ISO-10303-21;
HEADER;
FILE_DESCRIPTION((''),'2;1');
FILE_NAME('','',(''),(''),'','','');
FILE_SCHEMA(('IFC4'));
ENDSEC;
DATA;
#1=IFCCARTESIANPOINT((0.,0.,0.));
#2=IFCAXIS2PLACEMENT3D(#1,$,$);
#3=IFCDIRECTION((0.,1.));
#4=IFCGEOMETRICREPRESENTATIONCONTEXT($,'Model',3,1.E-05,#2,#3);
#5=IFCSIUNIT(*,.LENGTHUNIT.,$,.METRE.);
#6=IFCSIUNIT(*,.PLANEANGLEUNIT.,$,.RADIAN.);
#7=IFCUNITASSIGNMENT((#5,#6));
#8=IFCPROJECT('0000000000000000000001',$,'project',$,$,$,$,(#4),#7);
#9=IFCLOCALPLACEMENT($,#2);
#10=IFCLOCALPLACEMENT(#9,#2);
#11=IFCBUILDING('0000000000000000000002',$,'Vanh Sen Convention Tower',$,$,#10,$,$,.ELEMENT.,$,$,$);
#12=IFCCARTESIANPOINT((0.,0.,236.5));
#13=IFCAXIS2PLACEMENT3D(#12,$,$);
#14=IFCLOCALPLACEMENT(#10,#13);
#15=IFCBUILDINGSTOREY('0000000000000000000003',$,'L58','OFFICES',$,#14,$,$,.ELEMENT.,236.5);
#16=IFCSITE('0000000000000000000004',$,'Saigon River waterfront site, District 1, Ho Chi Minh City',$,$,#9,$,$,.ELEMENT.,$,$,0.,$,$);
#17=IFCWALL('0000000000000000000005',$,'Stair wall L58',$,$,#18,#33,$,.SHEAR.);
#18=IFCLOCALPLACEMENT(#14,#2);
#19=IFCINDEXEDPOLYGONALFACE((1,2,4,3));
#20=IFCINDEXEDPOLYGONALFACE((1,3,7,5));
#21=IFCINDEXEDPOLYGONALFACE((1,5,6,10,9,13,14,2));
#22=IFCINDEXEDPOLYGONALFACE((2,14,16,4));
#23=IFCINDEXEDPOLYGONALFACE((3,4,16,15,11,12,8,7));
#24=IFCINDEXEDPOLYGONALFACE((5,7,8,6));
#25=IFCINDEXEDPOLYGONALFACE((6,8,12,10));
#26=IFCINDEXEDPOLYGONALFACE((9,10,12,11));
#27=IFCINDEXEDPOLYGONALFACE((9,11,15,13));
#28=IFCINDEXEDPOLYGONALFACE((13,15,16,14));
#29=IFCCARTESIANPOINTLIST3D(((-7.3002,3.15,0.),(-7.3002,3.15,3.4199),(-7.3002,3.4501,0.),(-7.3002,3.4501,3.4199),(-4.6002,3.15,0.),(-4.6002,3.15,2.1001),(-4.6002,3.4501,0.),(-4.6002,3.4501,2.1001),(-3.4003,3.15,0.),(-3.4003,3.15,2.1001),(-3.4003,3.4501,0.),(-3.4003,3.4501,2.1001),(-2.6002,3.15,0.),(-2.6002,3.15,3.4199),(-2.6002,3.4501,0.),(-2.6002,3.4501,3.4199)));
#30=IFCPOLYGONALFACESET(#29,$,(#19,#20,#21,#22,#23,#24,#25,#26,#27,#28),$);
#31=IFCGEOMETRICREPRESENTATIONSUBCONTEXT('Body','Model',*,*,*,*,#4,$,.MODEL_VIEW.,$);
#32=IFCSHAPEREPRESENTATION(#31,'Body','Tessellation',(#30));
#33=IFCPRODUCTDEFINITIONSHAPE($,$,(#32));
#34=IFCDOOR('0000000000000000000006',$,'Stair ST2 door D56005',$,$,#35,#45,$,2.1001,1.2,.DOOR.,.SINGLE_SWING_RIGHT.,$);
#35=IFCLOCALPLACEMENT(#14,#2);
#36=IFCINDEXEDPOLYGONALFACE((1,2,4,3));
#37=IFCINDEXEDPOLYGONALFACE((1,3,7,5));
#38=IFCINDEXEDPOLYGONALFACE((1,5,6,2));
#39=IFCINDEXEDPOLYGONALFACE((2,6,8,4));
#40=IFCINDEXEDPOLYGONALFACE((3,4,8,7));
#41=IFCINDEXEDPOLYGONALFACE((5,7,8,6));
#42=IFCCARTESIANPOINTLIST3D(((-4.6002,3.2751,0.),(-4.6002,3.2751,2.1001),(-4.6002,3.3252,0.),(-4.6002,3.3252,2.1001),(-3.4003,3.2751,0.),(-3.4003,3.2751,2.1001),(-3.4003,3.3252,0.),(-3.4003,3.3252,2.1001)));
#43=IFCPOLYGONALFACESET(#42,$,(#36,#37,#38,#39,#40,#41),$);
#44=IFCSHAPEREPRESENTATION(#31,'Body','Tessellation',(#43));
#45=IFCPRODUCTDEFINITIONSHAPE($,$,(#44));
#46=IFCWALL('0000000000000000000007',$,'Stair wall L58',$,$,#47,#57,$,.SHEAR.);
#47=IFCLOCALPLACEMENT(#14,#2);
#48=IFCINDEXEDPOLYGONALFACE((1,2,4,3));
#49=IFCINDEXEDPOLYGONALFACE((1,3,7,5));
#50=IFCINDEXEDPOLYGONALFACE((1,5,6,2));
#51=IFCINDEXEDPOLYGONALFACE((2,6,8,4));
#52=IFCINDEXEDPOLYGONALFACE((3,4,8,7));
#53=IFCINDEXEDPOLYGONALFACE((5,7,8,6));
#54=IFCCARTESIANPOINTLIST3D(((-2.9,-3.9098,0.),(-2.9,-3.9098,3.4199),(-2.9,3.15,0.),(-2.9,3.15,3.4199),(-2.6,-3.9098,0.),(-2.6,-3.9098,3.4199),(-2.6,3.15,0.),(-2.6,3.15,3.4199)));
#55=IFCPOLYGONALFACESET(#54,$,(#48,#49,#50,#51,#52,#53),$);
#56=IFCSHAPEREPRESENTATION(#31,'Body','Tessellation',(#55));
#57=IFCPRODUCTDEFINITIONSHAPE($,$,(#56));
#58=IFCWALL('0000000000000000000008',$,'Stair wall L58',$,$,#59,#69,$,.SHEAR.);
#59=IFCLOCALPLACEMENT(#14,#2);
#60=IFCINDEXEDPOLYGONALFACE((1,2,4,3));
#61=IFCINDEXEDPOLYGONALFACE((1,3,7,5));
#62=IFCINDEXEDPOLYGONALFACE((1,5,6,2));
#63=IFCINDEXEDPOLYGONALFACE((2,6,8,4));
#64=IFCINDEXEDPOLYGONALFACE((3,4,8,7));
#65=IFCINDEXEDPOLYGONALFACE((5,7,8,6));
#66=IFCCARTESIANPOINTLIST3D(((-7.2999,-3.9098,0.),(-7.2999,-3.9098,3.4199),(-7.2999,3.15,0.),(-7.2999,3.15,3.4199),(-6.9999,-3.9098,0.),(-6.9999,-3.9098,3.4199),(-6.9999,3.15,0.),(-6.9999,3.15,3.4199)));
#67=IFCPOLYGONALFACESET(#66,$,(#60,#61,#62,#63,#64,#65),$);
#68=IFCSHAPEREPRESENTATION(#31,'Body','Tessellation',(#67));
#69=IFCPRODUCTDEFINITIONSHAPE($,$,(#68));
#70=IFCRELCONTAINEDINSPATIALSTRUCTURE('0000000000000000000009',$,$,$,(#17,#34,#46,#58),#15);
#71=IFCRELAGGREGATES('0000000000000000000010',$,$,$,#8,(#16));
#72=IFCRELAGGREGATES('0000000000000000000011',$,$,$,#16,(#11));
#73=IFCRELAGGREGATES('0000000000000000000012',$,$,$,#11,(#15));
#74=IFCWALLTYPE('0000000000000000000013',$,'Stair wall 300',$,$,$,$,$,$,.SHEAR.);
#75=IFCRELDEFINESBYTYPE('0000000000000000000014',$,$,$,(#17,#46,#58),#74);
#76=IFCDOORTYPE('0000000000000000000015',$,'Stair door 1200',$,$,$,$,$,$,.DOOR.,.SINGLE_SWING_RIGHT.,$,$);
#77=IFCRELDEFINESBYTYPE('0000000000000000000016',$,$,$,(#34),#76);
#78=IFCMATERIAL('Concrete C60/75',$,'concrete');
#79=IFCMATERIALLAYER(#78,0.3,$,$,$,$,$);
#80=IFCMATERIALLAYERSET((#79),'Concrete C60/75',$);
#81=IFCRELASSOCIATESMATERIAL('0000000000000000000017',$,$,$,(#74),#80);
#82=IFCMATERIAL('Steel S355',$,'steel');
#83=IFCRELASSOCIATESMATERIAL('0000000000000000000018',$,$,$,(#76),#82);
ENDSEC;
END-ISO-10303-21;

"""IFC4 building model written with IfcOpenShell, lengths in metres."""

from ifc_helpers import new_model, si_unit, direction, frame, frame_2d, origin, place, context, subcontext, project, spatial, rectangle, extrude, material, layer, layer_set, type_object, element, fill, save


model = new_model("IFC4")

# Units and contexts
model_context = context("Model", 3, precision=1e-05, world=origin(), true_north=direction((0.0, 1.0)))
body_context = subcontext(model_context, "Body", "Model", "MODEL_VIEW")
ifc_project = project(units=[si_unit("LENGTHUNIT", "METRE"), si_unit("PLANEANGLEUNIT", "RADIAN")], contexts=[model_context])

# Site, building, storey
site_placement = place(None, origin())
site = spatial("IfcSite", under=ifc_project, at=site_placement, Name="Saigon River waterfront site, District 1, Ho Chi Minh City", CompositionType="ELEMENT", RefElevation=0.0)
building_placement = place(site_placement, origin())
building = spatial("IfcBuilding", under=site, at=building_placement, Name="Vanh Sen Convention Tower", CompositionType="ELEMENT")
storey_placement = place(building_placement, frame((0.0, 0.0, 236.5)))
storey = spatial("IfcBuildingStorey", under=building, at=storey_placement, Name="L58", Description="OFFICES", CompositionType="ELEMENT", Elevation=236.5)

# Shared definitions
ifc_material_1 = material(Name="Concrete C60/75", Category="concrete")

# Shared definitions
ifc_material_2 = material(Name="Steel S355", Category="steel")

# Shared definitions
ifc_layer_1 = layer(ifc_material_1, 0.3)
ifc_layer_set_1 = layer_set([ifc_layer_1], Name="Concrete C60/75")
wall_type_1 = type_object("IfcWallType", Name="Stair wall 300", PredefinedType="SHEAR", material=ifc_layer_set_1)

# Wall, opening, door
wall_1_placement = place(storey_placement, frame((-2.6001, 3.3, 0.0), z_axis=(0.0, 0.0, 1.0), x_axis=(-1.0, 0.0, 0.0)))
wall_1 = element("IfcWall", 1, at=wall_1_placement, inside=storey, type_object=wall_type_1, Name="Stair wall L58", PredefinedType="SHEAR", context=body_context, shape_type="SweptSolid", body=[
    extrude(rectangle(XDim=4.7, YDim=0.3, at=frame_2d((2.3501, 0.0))), origin(), (0.0, 0.0, 1.0), 3.4199),
])
opening_1_placement = place(wall_1_placement, frame((0.8, 0.0, 0.0)))
opening_1 = element("IfcOpeningElement", 2, at=opening_1_placement, cuts=wall_1, PredefinedType="OPENING", context=body_context, shape_type="SweptSolid", body=[
    extrude(rectangle(XDim=1.2, YDim=2.1001, at=frame_2d((0.6001, 1.05))), frame((0.0, 0.1599, 0.0), z_axis=(0.0, -1.0, 0.0), x_axis=(1.0, 0.0, 0.0)), (0.0, 0.0, 1.0), 0.3201),
])
door_type_1 = type_object("IfcDoorType", Name="Stair door 1200", OperationType="SINGLE_SWING_RIGHT", PredefinedType="DOOR", material=ifc_material_2)
door_1_placement = place(opening_1_placement, origin())
door_1 = element("IfcDoor", 3, at=door_1_placement, inside=storey, type_object=door_type_1, Name="Stair ST2 door D56005", OperationType="SINGLE_SWING_RIGHT", OverallHeight=2.1001, OverallWidth=1.2, PredefinedType="DOOR", context=body_context, shape_type="SweptSolid", body=[
    extrude(rectangle(XDim=1.2, YDim=2.1001, at=frame_2d((0.6001, 1.05))), frame((0.0, 0.0249, 0.0), z_axis=(0.0, -1.0, 0.0), x_axis=(1.0, 0.0, 0.0)), (0.0, 0.0, 1.0), 0.05),
])
fill(opening_1, door_1)

# Walls
for number, where, z_axis, x_axis, name in (
    (4, (-2.75, 3.1499, 0.0), (0.0, 0.0, 1.0), (0.0, -1.0, 0.0), "Stair wall L58"),
    (5, (-7.1499, 3.1499, 0.0), (0.0, 0.0, 1.0), (0.0, -1.0, 0.0), "Stair wall L58"),
):
    element("IfcWall", number, at=place(storey_placement, frame(where, z_axis=z_axis, x_axis=x_axis)), inside=storey, type_object=wall_type_1, Name=name, PredefinedType="SHEAR", context=body_context, shape_type="SweptSolid", body=[
        extrude(rectangle(XDim=7.0598, YDim=0.3, at=frame_2d((3.5298, 0.0))), origin(), (0.0, 0.0, 1.0), 3.4199),
    ])

save(model, "model.ifc")
